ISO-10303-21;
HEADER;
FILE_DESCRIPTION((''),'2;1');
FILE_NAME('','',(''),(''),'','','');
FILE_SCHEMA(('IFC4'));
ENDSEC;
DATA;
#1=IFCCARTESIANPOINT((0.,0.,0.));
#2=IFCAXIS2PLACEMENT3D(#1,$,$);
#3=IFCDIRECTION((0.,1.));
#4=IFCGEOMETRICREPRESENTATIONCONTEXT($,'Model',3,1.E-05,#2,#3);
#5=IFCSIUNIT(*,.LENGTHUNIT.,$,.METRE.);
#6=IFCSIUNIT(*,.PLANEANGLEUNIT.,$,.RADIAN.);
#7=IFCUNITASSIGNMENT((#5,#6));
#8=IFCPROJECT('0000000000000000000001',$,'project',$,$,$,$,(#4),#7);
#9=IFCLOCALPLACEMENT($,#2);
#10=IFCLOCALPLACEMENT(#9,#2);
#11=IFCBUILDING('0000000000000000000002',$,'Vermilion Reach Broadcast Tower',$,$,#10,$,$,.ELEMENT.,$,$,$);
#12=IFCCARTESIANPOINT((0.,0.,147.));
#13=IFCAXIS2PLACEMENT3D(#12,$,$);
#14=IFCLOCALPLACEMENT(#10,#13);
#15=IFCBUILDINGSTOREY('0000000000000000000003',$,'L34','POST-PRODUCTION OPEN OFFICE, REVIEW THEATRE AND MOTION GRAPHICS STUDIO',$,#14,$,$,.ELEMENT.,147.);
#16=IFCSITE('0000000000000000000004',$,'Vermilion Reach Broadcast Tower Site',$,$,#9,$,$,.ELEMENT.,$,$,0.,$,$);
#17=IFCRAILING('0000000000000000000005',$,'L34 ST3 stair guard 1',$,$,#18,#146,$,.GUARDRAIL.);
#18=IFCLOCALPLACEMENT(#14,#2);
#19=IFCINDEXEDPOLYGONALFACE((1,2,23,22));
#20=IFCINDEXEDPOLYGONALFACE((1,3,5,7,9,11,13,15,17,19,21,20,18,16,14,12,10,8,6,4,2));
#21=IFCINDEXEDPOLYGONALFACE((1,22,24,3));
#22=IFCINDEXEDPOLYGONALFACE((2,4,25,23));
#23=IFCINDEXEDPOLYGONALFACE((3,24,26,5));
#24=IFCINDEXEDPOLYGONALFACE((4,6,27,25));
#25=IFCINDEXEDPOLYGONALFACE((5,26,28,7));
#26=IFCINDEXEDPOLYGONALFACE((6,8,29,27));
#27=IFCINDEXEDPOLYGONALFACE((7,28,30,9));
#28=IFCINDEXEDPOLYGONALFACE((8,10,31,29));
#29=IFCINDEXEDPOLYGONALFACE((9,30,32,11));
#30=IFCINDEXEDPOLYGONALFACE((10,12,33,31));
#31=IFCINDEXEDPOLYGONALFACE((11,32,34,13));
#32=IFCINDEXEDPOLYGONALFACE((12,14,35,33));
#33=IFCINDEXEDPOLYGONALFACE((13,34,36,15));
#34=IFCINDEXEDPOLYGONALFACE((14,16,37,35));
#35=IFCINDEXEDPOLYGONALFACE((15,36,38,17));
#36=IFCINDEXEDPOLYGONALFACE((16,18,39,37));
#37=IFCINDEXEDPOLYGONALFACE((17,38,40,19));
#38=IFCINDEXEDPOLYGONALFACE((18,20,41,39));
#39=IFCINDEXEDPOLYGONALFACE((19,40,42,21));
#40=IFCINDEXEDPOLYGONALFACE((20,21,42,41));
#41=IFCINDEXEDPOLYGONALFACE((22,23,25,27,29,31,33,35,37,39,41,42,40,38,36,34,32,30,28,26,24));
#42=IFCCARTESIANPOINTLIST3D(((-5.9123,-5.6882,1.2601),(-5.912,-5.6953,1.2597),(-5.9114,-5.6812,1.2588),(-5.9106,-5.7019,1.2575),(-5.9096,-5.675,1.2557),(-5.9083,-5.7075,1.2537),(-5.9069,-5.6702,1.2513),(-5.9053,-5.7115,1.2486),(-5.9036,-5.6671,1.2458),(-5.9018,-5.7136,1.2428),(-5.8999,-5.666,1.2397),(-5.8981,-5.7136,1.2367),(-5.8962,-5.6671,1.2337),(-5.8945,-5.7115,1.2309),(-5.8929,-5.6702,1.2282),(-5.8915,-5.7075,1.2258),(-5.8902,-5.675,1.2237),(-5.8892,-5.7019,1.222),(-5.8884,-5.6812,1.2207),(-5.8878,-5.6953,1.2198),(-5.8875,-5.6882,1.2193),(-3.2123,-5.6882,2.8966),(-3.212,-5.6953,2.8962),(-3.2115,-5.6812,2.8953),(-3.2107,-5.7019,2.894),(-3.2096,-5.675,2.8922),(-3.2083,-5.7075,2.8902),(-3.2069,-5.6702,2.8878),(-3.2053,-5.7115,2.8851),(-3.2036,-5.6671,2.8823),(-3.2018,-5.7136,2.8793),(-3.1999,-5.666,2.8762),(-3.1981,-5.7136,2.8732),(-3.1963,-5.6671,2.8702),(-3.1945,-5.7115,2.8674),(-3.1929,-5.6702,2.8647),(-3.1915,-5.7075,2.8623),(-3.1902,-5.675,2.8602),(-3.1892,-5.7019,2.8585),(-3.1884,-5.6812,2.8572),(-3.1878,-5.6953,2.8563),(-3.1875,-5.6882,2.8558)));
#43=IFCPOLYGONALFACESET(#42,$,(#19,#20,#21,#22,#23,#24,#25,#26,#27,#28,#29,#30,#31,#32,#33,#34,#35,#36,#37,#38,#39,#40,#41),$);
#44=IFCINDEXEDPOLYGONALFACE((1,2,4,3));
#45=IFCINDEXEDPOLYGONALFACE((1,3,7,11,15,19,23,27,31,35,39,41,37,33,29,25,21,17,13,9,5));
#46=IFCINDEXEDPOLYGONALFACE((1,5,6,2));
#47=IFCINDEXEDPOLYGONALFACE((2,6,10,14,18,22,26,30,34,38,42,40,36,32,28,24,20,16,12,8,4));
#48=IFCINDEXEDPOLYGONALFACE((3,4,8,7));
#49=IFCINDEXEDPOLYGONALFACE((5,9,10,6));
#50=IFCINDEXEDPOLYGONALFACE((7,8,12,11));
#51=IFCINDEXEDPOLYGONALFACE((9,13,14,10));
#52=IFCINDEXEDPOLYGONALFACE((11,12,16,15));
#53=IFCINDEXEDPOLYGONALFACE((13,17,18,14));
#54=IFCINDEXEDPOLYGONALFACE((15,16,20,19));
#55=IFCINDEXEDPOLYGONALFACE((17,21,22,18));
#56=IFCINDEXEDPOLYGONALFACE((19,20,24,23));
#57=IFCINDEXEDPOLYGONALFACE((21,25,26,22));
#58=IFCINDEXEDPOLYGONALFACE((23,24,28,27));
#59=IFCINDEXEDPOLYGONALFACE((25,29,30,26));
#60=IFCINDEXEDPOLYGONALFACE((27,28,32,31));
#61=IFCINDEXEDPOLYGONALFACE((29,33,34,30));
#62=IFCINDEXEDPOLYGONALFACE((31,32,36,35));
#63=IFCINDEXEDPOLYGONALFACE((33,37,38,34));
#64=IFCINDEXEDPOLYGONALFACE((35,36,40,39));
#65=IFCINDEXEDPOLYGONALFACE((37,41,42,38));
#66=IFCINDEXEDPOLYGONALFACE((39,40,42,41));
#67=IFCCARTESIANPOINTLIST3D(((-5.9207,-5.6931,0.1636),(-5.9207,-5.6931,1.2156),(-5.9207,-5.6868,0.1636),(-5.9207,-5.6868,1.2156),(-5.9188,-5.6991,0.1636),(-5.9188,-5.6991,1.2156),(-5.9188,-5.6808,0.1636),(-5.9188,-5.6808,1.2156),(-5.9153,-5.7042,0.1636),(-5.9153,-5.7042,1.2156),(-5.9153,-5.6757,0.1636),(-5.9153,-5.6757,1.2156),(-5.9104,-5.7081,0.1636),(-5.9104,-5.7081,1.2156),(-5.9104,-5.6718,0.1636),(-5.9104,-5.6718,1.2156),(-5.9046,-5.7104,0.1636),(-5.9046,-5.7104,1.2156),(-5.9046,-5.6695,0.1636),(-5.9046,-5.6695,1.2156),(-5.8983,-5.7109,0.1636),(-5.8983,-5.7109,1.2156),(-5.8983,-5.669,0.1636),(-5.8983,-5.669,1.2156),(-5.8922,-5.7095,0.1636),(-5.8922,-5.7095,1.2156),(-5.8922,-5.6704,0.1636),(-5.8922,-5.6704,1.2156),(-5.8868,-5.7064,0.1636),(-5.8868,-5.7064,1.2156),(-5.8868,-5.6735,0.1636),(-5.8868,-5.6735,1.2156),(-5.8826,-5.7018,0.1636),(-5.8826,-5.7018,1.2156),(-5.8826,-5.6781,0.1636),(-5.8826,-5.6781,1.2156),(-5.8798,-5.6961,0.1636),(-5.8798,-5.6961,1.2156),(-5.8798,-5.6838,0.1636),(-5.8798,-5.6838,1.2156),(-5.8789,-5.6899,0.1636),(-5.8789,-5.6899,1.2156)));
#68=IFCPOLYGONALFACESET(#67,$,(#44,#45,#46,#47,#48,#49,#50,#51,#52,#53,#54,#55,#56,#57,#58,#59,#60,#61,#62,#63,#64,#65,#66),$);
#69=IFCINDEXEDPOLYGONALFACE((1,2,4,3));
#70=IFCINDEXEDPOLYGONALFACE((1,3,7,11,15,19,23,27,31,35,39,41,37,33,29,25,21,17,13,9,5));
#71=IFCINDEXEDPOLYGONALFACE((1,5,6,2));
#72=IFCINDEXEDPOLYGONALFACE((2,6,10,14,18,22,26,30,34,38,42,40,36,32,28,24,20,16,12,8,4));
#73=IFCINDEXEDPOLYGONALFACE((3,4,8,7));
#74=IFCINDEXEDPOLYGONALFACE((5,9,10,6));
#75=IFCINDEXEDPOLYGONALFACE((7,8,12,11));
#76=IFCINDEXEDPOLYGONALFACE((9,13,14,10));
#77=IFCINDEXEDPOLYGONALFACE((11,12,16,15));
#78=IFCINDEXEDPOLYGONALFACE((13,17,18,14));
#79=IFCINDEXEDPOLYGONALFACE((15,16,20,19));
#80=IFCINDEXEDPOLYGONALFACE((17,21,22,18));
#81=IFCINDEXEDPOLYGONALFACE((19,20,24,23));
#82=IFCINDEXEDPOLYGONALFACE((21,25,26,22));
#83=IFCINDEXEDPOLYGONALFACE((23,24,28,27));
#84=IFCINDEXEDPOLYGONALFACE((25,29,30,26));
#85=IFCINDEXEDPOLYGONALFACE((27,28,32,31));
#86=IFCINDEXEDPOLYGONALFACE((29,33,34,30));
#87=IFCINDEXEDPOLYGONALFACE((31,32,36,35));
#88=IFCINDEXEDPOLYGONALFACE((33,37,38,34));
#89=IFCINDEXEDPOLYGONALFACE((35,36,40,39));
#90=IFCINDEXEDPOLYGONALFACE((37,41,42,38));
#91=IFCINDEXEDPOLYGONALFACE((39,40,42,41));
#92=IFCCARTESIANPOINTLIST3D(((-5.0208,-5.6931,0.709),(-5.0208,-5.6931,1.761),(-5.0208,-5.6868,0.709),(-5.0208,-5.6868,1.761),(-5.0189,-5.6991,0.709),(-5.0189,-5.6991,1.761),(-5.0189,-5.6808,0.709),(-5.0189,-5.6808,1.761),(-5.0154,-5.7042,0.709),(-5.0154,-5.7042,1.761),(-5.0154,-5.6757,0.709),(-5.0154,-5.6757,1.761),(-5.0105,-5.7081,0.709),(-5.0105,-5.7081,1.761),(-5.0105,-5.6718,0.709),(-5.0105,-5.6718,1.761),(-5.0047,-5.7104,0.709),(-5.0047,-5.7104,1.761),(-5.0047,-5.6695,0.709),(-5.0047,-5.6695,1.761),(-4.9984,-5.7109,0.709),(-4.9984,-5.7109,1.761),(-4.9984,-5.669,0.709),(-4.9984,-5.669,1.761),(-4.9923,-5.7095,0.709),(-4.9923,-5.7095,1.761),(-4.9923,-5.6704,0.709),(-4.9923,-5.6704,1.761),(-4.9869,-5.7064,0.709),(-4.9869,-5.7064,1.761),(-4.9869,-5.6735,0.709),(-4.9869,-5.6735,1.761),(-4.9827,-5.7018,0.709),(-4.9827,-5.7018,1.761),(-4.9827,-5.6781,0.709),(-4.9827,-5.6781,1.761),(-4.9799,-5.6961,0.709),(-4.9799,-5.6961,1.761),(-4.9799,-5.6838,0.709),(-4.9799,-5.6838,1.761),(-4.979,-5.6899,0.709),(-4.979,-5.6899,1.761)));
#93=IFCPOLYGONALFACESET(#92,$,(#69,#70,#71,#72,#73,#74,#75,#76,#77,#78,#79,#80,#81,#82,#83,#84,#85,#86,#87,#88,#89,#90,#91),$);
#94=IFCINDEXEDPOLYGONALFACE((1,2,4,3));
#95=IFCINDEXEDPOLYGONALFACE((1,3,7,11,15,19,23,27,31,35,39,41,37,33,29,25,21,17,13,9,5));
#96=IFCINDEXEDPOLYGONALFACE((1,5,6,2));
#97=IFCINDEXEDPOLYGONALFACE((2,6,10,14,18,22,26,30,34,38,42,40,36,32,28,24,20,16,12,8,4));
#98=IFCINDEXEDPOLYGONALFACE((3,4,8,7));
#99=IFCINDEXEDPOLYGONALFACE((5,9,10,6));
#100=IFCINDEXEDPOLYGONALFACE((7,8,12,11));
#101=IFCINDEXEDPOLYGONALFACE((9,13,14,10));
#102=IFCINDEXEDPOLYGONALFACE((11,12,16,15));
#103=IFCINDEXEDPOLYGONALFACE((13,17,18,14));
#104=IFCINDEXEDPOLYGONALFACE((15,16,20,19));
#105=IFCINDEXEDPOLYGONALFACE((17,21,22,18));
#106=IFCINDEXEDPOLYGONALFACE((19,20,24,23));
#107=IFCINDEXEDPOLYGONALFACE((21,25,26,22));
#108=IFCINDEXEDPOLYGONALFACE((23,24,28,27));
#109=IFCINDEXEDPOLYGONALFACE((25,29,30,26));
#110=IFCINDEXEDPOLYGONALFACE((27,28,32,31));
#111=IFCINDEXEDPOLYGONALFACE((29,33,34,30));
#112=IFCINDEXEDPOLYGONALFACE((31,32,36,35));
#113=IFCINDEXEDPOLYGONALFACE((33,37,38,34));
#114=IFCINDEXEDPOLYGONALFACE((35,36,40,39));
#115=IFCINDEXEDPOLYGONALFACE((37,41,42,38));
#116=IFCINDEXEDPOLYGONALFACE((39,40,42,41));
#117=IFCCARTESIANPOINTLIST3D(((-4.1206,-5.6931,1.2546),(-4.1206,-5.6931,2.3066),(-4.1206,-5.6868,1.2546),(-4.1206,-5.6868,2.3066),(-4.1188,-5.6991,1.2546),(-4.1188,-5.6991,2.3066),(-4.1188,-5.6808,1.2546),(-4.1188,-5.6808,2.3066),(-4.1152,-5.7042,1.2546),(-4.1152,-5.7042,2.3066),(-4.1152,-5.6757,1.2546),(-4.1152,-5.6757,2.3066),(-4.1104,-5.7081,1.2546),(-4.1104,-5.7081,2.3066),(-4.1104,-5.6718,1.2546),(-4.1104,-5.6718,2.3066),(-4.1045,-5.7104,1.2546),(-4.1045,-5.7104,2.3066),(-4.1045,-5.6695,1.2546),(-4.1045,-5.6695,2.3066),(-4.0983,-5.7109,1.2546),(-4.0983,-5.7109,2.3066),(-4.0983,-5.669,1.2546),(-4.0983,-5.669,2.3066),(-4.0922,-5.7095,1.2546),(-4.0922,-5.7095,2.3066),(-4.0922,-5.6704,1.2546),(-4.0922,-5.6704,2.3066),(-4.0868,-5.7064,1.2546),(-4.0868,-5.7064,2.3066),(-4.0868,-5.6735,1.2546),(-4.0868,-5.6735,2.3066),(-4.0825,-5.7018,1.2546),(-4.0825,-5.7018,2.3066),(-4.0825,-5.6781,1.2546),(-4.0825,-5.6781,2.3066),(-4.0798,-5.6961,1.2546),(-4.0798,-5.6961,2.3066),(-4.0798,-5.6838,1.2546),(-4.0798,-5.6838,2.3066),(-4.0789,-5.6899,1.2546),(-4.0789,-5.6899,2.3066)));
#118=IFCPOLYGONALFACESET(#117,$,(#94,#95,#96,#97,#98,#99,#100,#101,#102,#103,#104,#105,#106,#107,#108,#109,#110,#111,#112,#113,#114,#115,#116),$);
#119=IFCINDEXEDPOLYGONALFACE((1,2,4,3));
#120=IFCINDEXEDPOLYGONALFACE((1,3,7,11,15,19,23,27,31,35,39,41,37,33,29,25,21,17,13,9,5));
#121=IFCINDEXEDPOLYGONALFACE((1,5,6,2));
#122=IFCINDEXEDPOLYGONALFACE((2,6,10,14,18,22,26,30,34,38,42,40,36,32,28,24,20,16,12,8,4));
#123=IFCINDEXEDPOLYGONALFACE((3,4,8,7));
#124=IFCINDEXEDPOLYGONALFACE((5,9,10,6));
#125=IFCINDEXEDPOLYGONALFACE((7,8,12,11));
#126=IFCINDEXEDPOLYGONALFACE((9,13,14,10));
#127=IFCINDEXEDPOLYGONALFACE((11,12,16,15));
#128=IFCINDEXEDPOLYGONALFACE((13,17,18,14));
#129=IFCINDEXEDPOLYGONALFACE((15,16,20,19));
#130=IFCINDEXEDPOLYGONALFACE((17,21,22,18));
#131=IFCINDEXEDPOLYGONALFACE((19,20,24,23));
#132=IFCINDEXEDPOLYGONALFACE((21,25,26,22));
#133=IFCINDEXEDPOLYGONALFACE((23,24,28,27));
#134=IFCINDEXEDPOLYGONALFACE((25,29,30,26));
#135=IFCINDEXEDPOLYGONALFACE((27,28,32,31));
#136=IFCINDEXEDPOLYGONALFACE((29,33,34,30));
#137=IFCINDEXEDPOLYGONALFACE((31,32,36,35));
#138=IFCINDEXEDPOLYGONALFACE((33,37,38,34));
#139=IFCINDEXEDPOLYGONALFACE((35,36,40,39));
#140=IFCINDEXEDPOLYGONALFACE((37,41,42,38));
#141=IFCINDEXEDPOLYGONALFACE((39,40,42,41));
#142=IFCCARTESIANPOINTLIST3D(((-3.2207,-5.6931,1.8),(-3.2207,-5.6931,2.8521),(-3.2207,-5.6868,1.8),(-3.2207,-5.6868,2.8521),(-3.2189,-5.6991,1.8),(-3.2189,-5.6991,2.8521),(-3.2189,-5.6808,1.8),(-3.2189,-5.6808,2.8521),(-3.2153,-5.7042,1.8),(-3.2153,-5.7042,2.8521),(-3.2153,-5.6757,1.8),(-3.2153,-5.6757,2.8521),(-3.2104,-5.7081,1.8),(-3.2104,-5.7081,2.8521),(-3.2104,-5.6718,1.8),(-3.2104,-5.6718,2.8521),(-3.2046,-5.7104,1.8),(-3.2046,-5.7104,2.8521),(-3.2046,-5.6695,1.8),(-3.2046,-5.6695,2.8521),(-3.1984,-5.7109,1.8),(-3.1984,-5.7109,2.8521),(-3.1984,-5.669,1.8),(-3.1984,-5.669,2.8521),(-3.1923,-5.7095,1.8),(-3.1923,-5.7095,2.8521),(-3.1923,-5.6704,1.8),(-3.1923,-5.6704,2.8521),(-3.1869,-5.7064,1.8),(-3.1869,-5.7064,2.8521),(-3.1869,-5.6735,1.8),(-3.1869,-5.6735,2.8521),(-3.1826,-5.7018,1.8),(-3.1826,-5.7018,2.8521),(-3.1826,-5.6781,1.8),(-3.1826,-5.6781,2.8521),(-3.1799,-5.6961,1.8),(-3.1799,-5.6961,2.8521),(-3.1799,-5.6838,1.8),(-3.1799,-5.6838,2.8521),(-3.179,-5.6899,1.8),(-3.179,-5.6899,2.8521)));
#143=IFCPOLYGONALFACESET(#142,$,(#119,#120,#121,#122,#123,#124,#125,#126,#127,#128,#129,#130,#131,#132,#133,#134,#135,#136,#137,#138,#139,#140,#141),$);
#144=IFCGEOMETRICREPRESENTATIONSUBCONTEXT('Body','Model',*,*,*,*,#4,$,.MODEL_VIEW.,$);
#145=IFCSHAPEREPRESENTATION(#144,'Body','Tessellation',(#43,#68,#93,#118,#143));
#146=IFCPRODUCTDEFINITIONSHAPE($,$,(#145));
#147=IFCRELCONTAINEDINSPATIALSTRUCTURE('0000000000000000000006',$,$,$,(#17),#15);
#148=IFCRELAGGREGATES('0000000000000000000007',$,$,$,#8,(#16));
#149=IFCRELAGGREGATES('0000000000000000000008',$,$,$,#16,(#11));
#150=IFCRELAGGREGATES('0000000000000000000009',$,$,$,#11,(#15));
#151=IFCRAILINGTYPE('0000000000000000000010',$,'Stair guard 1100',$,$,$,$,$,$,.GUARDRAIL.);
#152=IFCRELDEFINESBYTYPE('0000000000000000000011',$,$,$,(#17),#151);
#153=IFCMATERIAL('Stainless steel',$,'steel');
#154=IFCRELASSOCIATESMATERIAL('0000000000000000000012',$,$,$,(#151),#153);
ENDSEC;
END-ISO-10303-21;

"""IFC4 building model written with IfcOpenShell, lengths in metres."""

from ifc_helpers import new_model, si_unit, direction, frame, origin, origin_2d, place, context, subcontext, project, spatial, circle, extrude, material, type_object, element, save


model = new_model("IFC4")

# Units and contexts
model_context = context("Model", 3, precision=1e-05, world=origin(), true_north=direction((0.0, 1.0)))
body_context = subcontext(model_context, "Body", "Model", "MODEL_VIEW")
ifc_project = project(units=[si_unit("LENGTHUNIT", "METRE"), si_unit("PLANEANGLEUNIT", "RADIAN")], contexts=[model_context])

# Site, building, storey
site_placement = place(None, origin())
site = spatial("IfcSite", under=ifc_project, at=site_placement, Name="Vermilion Reach Broadcast Tower Site", CompositionType="ELEMENT", RefElevation=0.0)
building_placement = place(site_placement, origin())
building = spatial("IfcBuilding", under=site, at=building_placement, Name="Vermilion Reach Broadcast Tower", CompositionType="ELEMENT")
storey_placement = place(building_placement, frame((0.0, 0.0, 147.0)))
storey = spatial("IfcBuildingStorey", under=building, at=storey_placement, Name="L34", Description="POST-PRODUCTION OPEN OFFICE, REVIEW THEATRE AND MOTION GRAPHICS STUDIO", CompositionType="ELEMENT", Elevation=147.0)

# Railing
ifc_material_1 = material(Name="Stainless steel", Category="steel")
railing_type_1 = type_object("IfcRailingType", Name="Stair guard 1100", PredefinedType="GUARDRAIL", material=ifc_material_1)
railing_1_placement = place(storey_placement, frame((-5.8999, -5.6899, 0.1636)))
element("IfcRailing", 1, at=railing_1_placement, inside=storey, type_object=railing_type_1, Name="L34 ST3 stair guard 1", PredefinedType="GUARDRAIL", context=body_context, shape_type="SweptSolid", body=[
    extrude(circle(Radius=0.0239, at=origin_2d()), frame((0.0, 0.0, 1.0762), z_axis=(0.855178, 0.0, 0.518334), x_axis=(0.0, 1.0, 0.0)), (0.0, 0.0, 1.0), 3.1572),
    extrude(circle(Radius=0.021, at=origin_2d()), origin(), (0.0, 0.0, 1.0), 1.052),
    extrude(circle(Radius=0.021, at=origin_2d()), frame((0.8999, 0.0, 0.5454)), (0.0, 0.0, 1.0), 1.052),
    extrude(circle(Radius=0.021, at=origin_2d()), frame((1.8, 0.0, 1.0911)), (0.0, 0.0, 1.0), 1.052),
    extrude(circle(Radius=0.021, at=origin_2d()), frame((2.7, 0.0, 1.6365)), (0.0, 0.0, 1.0), 1.052),
])

save(model, "model.ifc")
